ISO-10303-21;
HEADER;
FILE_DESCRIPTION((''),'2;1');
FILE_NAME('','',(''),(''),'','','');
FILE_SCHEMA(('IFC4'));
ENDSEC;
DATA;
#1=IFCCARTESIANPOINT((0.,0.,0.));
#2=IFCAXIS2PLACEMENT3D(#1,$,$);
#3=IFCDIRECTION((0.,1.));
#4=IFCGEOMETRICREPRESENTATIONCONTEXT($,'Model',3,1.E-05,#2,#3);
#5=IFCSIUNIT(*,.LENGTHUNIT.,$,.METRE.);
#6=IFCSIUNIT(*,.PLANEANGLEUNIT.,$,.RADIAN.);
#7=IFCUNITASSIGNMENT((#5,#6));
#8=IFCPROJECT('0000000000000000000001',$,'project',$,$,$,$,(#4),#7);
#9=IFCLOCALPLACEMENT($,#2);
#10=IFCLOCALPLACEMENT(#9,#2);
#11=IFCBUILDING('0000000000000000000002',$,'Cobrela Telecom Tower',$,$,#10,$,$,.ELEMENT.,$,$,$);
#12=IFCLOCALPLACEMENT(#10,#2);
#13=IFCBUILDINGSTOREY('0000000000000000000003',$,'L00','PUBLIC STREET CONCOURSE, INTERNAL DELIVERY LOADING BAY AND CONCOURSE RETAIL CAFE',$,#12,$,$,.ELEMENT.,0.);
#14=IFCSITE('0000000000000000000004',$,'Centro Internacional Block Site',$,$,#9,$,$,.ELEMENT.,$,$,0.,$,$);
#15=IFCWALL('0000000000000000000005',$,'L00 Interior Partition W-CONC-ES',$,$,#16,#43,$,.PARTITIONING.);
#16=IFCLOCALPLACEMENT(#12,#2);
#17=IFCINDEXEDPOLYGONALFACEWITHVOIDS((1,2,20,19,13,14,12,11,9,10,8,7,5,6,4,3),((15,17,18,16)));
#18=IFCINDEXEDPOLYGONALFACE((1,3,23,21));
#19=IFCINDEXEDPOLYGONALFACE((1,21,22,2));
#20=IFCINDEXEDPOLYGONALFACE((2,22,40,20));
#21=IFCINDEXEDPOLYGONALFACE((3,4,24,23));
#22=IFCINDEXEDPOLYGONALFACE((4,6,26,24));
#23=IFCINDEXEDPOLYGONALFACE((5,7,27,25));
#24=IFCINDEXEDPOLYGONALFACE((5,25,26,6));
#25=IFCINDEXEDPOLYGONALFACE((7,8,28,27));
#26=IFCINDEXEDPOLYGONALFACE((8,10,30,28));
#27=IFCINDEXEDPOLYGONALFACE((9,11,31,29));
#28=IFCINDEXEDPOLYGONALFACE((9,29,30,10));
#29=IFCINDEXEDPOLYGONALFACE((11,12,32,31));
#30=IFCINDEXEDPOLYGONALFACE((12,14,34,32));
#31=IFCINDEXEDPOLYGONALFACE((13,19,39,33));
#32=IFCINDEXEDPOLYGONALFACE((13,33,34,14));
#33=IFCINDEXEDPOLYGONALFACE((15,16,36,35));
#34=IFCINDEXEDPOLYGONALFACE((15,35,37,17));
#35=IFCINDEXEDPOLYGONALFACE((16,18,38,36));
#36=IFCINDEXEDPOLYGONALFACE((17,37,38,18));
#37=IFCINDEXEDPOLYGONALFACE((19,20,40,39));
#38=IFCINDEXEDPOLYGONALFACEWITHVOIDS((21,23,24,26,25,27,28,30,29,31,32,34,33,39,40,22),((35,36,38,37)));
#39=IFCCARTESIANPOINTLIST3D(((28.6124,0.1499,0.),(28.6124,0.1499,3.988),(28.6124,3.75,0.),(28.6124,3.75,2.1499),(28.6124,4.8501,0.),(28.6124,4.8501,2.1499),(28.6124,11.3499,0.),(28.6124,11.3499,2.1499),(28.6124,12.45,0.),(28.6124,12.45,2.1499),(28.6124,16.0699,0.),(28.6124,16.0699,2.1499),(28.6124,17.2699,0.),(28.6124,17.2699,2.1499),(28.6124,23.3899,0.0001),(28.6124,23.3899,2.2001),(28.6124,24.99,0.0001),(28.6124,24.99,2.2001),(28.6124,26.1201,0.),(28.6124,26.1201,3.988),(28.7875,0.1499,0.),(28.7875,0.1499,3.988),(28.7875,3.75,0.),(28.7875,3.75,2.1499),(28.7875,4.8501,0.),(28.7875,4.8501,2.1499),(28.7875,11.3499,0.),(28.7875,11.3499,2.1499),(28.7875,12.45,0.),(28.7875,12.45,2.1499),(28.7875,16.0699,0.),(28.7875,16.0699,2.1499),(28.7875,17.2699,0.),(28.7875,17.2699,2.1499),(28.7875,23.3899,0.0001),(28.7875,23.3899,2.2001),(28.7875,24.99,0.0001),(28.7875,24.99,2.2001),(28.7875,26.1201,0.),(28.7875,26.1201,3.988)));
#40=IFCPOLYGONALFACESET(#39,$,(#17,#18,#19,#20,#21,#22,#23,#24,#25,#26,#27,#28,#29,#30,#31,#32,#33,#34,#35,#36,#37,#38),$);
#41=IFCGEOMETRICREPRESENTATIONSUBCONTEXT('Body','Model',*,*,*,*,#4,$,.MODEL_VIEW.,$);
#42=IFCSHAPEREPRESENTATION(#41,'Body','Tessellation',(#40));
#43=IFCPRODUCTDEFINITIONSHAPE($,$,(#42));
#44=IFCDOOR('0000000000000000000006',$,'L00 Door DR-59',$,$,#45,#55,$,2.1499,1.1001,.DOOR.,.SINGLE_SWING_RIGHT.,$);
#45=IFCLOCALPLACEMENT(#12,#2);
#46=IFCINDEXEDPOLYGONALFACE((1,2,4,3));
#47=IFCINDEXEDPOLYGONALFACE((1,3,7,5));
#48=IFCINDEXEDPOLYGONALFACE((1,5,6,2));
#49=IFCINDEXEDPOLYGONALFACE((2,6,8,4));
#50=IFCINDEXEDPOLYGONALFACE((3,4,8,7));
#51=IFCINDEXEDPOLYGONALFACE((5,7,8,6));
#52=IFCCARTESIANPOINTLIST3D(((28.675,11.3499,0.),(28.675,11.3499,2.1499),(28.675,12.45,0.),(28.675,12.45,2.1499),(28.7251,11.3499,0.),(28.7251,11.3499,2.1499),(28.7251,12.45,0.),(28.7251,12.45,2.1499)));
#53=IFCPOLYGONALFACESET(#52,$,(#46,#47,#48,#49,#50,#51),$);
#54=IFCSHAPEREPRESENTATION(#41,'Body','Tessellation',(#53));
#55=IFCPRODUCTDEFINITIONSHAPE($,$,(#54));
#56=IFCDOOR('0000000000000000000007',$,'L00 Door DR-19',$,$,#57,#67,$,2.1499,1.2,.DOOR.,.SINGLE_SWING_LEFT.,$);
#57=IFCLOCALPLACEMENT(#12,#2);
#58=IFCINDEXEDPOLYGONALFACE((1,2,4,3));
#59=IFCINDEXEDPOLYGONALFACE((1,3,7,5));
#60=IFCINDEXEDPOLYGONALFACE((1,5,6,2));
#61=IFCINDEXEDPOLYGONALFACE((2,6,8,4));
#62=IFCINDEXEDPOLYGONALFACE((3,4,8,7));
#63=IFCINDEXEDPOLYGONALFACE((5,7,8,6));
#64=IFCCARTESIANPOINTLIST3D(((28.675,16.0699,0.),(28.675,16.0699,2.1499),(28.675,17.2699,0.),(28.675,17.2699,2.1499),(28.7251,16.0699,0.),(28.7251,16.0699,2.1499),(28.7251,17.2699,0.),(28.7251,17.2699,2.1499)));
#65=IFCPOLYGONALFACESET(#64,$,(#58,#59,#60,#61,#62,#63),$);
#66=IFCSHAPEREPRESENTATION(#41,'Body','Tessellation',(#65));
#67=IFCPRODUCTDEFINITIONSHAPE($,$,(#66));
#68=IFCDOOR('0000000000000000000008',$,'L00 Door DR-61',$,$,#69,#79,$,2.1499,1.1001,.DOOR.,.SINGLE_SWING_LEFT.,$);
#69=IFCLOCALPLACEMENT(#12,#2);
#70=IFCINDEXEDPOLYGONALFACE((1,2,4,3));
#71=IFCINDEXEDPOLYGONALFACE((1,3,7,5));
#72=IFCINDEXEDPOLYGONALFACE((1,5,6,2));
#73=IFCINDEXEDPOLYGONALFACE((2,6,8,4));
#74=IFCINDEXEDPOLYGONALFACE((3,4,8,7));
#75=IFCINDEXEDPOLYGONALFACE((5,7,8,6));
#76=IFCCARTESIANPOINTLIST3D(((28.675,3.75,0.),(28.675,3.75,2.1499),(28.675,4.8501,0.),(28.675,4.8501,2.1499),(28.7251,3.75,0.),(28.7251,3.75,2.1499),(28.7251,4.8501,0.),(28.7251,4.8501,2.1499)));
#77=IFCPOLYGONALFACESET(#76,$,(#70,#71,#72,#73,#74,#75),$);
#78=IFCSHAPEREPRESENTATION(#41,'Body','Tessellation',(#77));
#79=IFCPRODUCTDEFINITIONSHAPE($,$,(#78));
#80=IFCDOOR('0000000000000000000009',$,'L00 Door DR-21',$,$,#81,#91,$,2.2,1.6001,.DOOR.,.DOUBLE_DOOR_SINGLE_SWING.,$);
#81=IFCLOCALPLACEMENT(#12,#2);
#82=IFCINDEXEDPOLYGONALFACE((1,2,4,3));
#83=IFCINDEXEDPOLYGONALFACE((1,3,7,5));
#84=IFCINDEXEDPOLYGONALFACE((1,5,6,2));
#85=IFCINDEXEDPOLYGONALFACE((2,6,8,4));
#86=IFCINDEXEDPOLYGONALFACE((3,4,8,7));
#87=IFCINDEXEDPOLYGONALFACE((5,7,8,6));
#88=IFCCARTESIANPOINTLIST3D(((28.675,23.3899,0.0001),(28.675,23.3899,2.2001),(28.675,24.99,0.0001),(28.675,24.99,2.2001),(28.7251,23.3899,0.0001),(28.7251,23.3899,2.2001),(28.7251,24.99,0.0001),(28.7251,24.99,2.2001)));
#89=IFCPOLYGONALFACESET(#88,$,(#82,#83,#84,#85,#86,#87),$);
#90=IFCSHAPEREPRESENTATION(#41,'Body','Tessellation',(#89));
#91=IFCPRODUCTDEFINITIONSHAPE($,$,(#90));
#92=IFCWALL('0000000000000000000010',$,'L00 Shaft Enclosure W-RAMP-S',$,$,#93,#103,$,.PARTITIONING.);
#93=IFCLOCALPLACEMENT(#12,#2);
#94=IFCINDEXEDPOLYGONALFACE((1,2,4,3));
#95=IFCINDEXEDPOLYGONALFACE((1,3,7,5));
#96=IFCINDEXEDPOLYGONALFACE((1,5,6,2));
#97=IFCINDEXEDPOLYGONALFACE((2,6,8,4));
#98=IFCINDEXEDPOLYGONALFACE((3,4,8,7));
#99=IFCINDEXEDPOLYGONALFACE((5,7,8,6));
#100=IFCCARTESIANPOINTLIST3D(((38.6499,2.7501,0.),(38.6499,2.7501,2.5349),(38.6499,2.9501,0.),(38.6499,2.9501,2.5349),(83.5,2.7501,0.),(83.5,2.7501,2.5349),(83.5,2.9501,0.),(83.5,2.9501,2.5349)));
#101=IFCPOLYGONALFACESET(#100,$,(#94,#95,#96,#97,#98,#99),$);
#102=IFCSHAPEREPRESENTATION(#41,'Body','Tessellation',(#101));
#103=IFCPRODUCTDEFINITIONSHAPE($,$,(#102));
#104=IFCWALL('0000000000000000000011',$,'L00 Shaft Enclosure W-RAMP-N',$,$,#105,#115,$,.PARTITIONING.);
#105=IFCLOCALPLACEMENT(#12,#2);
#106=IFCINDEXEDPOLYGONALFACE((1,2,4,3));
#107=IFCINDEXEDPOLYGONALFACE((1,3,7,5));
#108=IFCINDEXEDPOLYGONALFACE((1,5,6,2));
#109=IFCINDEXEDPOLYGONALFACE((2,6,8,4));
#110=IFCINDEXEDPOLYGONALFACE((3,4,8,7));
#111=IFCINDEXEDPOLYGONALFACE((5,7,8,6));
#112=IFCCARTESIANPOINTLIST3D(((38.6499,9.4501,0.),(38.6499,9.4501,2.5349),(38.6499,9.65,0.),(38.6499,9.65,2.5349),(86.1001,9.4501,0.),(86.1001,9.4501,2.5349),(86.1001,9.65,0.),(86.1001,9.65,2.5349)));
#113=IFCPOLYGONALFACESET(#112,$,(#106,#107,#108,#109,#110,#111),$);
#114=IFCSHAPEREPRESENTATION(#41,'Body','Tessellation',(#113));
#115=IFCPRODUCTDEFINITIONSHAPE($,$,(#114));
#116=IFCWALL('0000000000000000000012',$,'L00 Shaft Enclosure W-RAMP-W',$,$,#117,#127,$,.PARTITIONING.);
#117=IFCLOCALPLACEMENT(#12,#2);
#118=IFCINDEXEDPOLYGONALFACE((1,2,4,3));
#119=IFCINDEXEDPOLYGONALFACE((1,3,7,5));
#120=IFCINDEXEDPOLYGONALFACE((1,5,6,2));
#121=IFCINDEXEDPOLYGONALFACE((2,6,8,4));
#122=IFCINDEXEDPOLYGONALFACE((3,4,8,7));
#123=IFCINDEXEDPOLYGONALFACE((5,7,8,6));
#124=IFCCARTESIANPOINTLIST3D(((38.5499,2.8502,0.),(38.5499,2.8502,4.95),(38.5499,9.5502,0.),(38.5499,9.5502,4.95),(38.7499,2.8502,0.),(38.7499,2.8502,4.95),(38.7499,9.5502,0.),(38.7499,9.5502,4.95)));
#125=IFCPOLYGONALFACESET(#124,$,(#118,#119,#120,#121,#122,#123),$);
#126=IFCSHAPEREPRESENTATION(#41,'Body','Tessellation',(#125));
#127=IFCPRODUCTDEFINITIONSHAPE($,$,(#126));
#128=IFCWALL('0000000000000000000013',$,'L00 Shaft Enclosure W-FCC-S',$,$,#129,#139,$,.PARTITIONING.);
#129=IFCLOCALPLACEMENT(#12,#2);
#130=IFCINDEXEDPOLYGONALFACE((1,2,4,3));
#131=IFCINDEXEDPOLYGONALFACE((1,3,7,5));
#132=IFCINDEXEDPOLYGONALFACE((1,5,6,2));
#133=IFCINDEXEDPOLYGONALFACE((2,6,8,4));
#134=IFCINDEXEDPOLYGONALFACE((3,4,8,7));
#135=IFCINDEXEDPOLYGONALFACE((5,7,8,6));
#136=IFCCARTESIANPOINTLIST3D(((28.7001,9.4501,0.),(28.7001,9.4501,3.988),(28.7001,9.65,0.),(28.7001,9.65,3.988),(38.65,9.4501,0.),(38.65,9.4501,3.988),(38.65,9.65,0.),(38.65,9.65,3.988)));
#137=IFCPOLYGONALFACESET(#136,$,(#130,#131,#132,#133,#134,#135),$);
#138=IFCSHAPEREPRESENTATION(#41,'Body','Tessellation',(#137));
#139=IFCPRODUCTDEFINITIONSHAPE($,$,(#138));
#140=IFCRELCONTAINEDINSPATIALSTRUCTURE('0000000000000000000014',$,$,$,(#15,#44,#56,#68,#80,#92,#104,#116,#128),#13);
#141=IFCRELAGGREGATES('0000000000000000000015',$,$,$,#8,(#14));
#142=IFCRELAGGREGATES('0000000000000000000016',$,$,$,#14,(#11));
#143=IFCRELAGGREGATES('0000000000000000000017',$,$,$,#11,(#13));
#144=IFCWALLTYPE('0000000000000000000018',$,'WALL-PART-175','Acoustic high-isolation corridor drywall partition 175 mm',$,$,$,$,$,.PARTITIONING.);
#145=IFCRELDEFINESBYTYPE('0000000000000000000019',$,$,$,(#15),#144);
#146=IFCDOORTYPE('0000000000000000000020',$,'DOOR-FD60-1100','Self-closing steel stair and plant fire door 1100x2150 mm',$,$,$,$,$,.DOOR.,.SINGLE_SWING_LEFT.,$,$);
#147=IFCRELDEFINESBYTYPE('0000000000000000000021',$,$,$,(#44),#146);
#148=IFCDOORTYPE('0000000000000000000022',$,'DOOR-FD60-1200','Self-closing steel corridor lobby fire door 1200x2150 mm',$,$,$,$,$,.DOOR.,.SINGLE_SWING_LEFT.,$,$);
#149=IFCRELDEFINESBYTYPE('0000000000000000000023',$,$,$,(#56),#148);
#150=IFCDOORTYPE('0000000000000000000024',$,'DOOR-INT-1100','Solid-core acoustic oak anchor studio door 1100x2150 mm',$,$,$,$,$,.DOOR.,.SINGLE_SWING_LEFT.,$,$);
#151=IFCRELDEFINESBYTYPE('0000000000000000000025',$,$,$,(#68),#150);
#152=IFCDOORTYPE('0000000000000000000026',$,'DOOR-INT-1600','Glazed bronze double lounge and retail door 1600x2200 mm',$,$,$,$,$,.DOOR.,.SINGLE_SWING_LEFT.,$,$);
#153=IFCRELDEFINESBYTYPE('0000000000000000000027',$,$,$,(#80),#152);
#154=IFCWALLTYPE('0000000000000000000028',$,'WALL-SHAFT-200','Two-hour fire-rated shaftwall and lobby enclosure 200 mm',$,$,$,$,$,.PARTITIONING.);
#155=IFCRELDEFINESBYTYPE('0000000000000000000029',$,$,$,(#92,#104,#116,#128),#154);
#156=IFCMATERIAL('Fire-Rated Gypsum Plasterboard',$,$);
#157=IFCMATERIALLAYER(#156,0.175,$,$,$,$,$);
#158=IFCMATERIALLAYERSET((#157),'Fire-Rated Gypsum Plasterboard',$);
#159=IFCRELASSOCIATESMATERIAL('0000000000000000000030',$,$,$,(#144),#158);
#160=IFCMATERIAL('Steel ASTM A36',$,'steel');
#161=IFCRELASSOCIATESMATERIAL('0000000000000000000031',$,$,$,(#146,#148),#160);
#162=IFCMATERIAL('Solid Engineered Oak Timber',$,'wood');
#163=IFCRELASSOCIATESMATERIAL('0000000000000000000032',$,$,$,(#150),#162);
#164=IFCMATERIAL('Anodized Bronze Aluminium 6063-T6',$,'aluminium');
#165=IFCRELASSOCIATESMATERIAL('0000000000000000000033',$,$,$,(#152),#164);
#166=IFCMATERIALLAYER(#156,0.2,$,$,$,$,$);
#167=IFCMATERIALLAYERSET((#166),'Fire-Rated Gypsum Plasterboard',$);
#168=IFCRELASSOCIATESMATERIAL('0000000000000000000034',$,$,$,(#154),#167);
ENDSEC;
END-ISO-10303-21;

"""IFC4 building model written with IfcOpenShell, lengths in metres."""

from ifc_helpers import new_model, si_unit, direction, frame, frame_2d, origin, place, context, subcontext, project, spatial, rectangle, extrude, material, layer, layer_set, type_object, element, fill, save


model = new_model("IFC4")

# Units and contexts
model_context = context("Model", 3, precision=1e-05, world=origin(), true_north=direction((0.0, 1.0)))
body_context = subcontext(model_context, "Body", "Model", "MODEL_VIEW")
ifc_project = project(units=[si_unit("LENGTHUNIT", "METRE"), si_unit("PLANEANGLEUNIT", "RADIAN")], contexts=[model_context])

# Site, building, storey
site_placement = place(None, origin())
site = spatial("IfcSite", under=ifc_project, at=site_placement, Name="Centro Internacional Block Site", CompositionType="ELEMENT", RefElevation=0.0)
building_placement = place(site_placement, origin())
building = spatial("IfcBuilding", under=site, at=building_placement, Name="Cobrela Telecom Tower", CompositionType="ELEMENT")
storey_placement = place(building_placement, origin())
storey = spatial("IfcBuildingStorey", under=building, at=storey_placement, Name="L00", Description="PUBLIC STREET CONCOURSE, INTERNAL DELIVERY LOADING BAY AND CONCOURSE RETAIL CAFE", CompositionType="ELEMENT", Elevation=0.0)

# Wall, openings, doors
ifc_material_1 = material(Name="Fire-Rated Gypsum Plasterboard")
ifc_layer_1 = layer(ifc_material_1, 0.175)
ifc_layer_set_1 = layer_set([ifc_layer_1], Name="Fire-Rated Gypsum Plasterboard")
wall_type_1 = type_object("IfcWallType", Name="WALL-PART-175", Description="Acoustic high-isolation corridor drywall partition 175 mm", PredefinedType="PARTITIONING", material=ifc_layer_set_1)
wall_1_placement = place(storey_placement, frame((28.7, 0.1499, 0.0), z_axis=(0.0, 0.0, 1.0), x_axis=(0.0, 1.0, 0.0)))
wall_1 = element("IfcWall", 1, at=wall_1_placement, inside=storey, type_object=wall_type_1, Name="L00 Interior Partition W-CONC-ES", PredefinedType="PARTITIONING", context=body_context, shape_type="SweptSolid", body=[
    extrude(rectangle(XDim=25.9702, YDim=0.175, at=frame_2d((12.9851, 0.0))), origin(), (0.0, 0.0, 1.0), 3.988),
])
opening_1_placement = place(wall_1_placement, frame((11.2, 0.0, 0.0)))
opening_1 = element("IfcOpeningElement", 2, at=opening_1_placement, cuts=wall_1, PredefinedType="OPENING", context=body_context, shape_type="SweptSolid", body=[
    extrude(rectangle(XDim=1.1001, YDim=2.1499, at=frame_2d((0.55, 1.075))), frame((0.0, 0.0996, 0.0), z_axis=(0.0, -1.0, 0.0), x_axis=(1.0, 0.0, 0.0)), (0.0, 0.0, 1.0), 0.199),
])
opening_2_placement = place(wall_1_placement, frame((15.9199, 0.0, 0.0)))
opening_2 = element("IfcOpeningElement", 3, at=opening_2_placement, cuts=wall_1, PredefinedType="OPENING", context=body_context, shape_type="SweptSolid", body=[
    extrude(rectangle(XDim=1.2, YDim=2.1499, at=frame_2d((0.6001, 1.075))), frame((0.0, 0.0996, 0.0), z_axis=(0.0, -1.0, 0.0), x_axis=(1.0, 0.0, 0.0)), (0.0, 0.0, 1.0), 0.199),
])
opening_3_placement = place(wall_1_placement, frame((23.24, 0.0, 0.0)))
opening_3 = element("IfcOpeningElement", 4, at=opening_3_placement, cuts=wall_1, PredefinedType="OPENING", context=body_context, shape_type="SweptSolid", body=[
    extrude(rectangle(XDim=1.6001, YDim=2.2, at=frame_2d((0.8, 1.1001))), frame((0.0, 0.0996, 0.0), z_axis=(0.0, -1.0, 0.0), x_axis=(1.0, 0.0, 0.0)), (0.0, 0.0, 1.0), 0.199),
])
opening_4_placement = place(wall_1_placement, frame((3.6001, 0.0, 0.0)))
opening_4 = element("IfcOpeningElement", 5, at=opening_4_placement, cuts=wall_1, PredefinedType="OPENING", context=body_context, shape_type="SweptSolid", body=[
    extrude(rectangle(XDim=1.1001, YDim=2.1499, at=frame_2d((0.55, 1.075))), frame((0.0, 0.0996, 0.0), z_axis=(0.0, -1.0, 0.0), x_axis=(1.0, 0.0, 0.0)), (0.0, 0.0, 1.0), 0.199),
])
ifc_material_2 = material(Name="Steel ASTM A36", Category="steel")
door_type_1 = type_object("IfcDoorType", Name="DOOR-FD60-1100", Description="Self-closing steel stair and plant fire door 1100x2150 mm", OperationType="SINGLE_SWING_LEFT", PredefinedType="DOOR", material=ifc_material_2)
door_1_placement = place(opening_1_placement, origin())
door_1 = element("IfcDoor", 6, at=door_1_placement, inside=storey, type_object=door_type_1, Name="L00 Door DR-59", OperationType="SINGLE_SWING_RIGHT", OverallHeight=2.1499, OverallWidth=1.1001, PredefinedType="DOOR", context=body_context, shape_type="SweptSolid", body=[
    extrude(rectangle(XDim=1.1001, YDim=2.1499, at=frame_2d((0.55, 1.075))), frame((0.0, 0.0249, 0.0), z_axis=(0.0, -1.0, 0.0), x_axis=(1.0, 0.0, 0.0)), (0.0, 0.0, 1.0), 0.05),
])
fill(opening_1, door_1)
door_type_2 = type_object("IfcDoorType", Name="DOOR-FD60-1200", Description="Self-closing steel corridor lobby fire door 1200x2150 mm", OperationType="SINGLE_SWING_LEFT", PredefinedType="DOOR", material=ifc_material_2)
door_2_placement = place(opening_2_placement, origin())
door_2 = element("IfcDoor", 7, at=door_2_placement, inside=storey, type_object=door_type_2, Name="L00 Door DR-19", OperationType="SINGLE_SWING_LEFT", OverallHeight=2.1499, OverallWidth=1.2, PredefinedType="DOOR", context=body_context, shape_type="SweptSolid", body=[
    extrude(rectangle(XDim=1.2, YDim=2.1499, at=frame_2d((0.6001, 1.075))), frame((0.0, 0.0249, 0.0), z_axis=(0.0, -1.0, 0.0), x_axis=(1.0, 0.0, 0.0)), (0.0, 0.0, 1.0), 0.05),
])
fill(opening_2, door_2)
ifc_material_3 = material(Name="Solid Engineered Oak Timber", Category="wood")
door_type_3 = type_object("IfcDoorType", Name="DOOR-INT-1100", Description="Solid-core acoustic oak anchor studio door 1100x2150 mm", OperationType="SINGLE_SWING_LEFT", PredefinedType="DOOR", material=ifc_material_3)
door_3_placement = place(opening_4_placement, origin())
door_3 = element("IfcDoor", 8, at=door_3_placement, inside=storey, type_object=door_type_3, Name="L00 Door DR-61", OperationType="SINGLE_SWING_LEFT", OverallHeight=2.1499, OverallWidth=1.1001, PredefinedType="DOOR", context=body_context, shape_type="SweptSolid", body=[
    extrude(rectangle(XDim=1.1001, YDim=2.1499, at=frame_2d((0.55, 1.075))), frame((0.0, 0.0249, 0.0), z_axis=(0.0, -1.0, 0.0), x_axis=(1.0, 0.0, 0.0)), (0.0, 0.0, 1.0), 0.05),
])
fill(opening_4, door_3)
ifc_material_4 = material(Name="Anodized Bronze Aluminium 6063-T6", Category="aluminium")
door_type_4 = type_object("IfcDoorType", Name="DOOR-INT-1600", Description="Glazed bronze double lounge and retail door 1600x2200 mm", OperationType="SINGLE_SWING_LEFT", PredefinedType="DOOR", material=ifc_material_4)
door_4_placement = place(opening_3_placement, origin())
door_4 = element("IfcDoor", 9, at=door_4_placement, inside=storey, type_object=door_type_4, Name="L00 Door DR-21", OperationType="DOUBLE_DOOR_SINGLE_SWING", OverallHeight=2.2, OverallWidth=1.6001, PredefinedType="DOOR", context=body_context, shape_type="SweptSolid", body=[
    extrude(rectangle(XDim=1.6001, YDim=2.2, at=frame_2d((0.8, 1.1001))), frame((0.0, 0.0249, 0.0), z_axis=(0.0, -1.0, 0.0), x_axis=(1.0, 0.0, 0.0)), (0.0, 0.0, 1.0), 0.05),
])
fill(opening_3, door_4)

# Walls
ifc_layer_2 = layer(ifc_material_1, 0.2)
ifc_layer_set_2 = layer_set([ifc_layer_2], Name="Fire-Rated Gypsum Plasterboard")
wall_type_2 = type_object("IfcWallType", Name="WALL-SHAFT-200", Description="Two-hour fire-rated shaftwall and lobby enclosure 200 mm", PredefinedType="PARTITIONING", material=ifc_layer_set_2)
wall_2_placement = place(storey_placement, frame((38.6499, 2.8501, 0.0), z_axis=(0.0, 0.0, 1.0), x_axis=(1.0, 0.0, 0.0)))
element("IfcWall", 10, at=wall_2_placement, inside=storey, type_object=wall_type_2, Name="L00 Shaft Enclosure W-RAMP-S", PredefinedType="PARTITIONING", context=body_context, shape_type="SweptSolid", body=[
    extrude(rectangle(XDim=44.8501, YDim=0.2, at=frame_2d((22.425, 0.0))), origin(), (0.0, 0.0, 1.0), 2.5349),
])
wall_3_placement = place(storey_placement, frame((38.6499, 9.55, 0.0), z_axis=(0.0, 0.0, 1.0), x_axis=(1.0, 0.0, 0.0)))
element("IfcWall", 11, at=wall_3_placement, inside=storey, type_object=wall_type_2, Name="L00 Shaft Enclosure W-RAMP-N", PredefinedType="PARTITIONING", context=body_context, shape_type="SweptSolid", body=[
    extrude(rectangle(XDim=47.4502, YDim=0.2, at=frame_2d((23.7251, 0.0))), origin(), (0.0, 0.0, 1.0), 2.5349),
])
wall_4_placement = place(storey_placement, frame((38.6499, 2.8501, 0.0), z_axis=(0.0, 0.0, 1.0), x_axis=(0.0, 1.0, 0.0)))
element("IfcWall", 12, at=wall_4_placement, inside=storey, type_object=wall_type_2, Name="L00 Shaft Enclosure W-RAMP-W", PredefinedType="PARTITIONING", context=body_context, shape_type="SweptSolid", body=[
    extrude(rectangle(XDim=6.7, YDim=0.2, at=frame_2d((3.3501, 0.0))), origin(), (0.0, 0.0, 1.0), 4.95),
])
wall_5_placement = place(storey_placement, frame((28.7, 9.55, 0.0), z_axis=(0.0, 0.0, 1.0), x_axis=(1.0, 0.0, 0.0)))
element("IfcWall", 13, at=wall_5_placement, inside=storey, type_object=wall_type_2, Name="L00 Shaft Enclosure W-FCC-S", PredefinedType="PARTITIONING", context=body_context, shape_type="SweptSolid", body=[
    extrude(rectangle(XDim=9.95, YDim=0.2, at=frame_2d((4.9751, 0.0))), origin(), (0.0, 0.0, 1.0), 3.988),
])

save(model, "model.ifc")
